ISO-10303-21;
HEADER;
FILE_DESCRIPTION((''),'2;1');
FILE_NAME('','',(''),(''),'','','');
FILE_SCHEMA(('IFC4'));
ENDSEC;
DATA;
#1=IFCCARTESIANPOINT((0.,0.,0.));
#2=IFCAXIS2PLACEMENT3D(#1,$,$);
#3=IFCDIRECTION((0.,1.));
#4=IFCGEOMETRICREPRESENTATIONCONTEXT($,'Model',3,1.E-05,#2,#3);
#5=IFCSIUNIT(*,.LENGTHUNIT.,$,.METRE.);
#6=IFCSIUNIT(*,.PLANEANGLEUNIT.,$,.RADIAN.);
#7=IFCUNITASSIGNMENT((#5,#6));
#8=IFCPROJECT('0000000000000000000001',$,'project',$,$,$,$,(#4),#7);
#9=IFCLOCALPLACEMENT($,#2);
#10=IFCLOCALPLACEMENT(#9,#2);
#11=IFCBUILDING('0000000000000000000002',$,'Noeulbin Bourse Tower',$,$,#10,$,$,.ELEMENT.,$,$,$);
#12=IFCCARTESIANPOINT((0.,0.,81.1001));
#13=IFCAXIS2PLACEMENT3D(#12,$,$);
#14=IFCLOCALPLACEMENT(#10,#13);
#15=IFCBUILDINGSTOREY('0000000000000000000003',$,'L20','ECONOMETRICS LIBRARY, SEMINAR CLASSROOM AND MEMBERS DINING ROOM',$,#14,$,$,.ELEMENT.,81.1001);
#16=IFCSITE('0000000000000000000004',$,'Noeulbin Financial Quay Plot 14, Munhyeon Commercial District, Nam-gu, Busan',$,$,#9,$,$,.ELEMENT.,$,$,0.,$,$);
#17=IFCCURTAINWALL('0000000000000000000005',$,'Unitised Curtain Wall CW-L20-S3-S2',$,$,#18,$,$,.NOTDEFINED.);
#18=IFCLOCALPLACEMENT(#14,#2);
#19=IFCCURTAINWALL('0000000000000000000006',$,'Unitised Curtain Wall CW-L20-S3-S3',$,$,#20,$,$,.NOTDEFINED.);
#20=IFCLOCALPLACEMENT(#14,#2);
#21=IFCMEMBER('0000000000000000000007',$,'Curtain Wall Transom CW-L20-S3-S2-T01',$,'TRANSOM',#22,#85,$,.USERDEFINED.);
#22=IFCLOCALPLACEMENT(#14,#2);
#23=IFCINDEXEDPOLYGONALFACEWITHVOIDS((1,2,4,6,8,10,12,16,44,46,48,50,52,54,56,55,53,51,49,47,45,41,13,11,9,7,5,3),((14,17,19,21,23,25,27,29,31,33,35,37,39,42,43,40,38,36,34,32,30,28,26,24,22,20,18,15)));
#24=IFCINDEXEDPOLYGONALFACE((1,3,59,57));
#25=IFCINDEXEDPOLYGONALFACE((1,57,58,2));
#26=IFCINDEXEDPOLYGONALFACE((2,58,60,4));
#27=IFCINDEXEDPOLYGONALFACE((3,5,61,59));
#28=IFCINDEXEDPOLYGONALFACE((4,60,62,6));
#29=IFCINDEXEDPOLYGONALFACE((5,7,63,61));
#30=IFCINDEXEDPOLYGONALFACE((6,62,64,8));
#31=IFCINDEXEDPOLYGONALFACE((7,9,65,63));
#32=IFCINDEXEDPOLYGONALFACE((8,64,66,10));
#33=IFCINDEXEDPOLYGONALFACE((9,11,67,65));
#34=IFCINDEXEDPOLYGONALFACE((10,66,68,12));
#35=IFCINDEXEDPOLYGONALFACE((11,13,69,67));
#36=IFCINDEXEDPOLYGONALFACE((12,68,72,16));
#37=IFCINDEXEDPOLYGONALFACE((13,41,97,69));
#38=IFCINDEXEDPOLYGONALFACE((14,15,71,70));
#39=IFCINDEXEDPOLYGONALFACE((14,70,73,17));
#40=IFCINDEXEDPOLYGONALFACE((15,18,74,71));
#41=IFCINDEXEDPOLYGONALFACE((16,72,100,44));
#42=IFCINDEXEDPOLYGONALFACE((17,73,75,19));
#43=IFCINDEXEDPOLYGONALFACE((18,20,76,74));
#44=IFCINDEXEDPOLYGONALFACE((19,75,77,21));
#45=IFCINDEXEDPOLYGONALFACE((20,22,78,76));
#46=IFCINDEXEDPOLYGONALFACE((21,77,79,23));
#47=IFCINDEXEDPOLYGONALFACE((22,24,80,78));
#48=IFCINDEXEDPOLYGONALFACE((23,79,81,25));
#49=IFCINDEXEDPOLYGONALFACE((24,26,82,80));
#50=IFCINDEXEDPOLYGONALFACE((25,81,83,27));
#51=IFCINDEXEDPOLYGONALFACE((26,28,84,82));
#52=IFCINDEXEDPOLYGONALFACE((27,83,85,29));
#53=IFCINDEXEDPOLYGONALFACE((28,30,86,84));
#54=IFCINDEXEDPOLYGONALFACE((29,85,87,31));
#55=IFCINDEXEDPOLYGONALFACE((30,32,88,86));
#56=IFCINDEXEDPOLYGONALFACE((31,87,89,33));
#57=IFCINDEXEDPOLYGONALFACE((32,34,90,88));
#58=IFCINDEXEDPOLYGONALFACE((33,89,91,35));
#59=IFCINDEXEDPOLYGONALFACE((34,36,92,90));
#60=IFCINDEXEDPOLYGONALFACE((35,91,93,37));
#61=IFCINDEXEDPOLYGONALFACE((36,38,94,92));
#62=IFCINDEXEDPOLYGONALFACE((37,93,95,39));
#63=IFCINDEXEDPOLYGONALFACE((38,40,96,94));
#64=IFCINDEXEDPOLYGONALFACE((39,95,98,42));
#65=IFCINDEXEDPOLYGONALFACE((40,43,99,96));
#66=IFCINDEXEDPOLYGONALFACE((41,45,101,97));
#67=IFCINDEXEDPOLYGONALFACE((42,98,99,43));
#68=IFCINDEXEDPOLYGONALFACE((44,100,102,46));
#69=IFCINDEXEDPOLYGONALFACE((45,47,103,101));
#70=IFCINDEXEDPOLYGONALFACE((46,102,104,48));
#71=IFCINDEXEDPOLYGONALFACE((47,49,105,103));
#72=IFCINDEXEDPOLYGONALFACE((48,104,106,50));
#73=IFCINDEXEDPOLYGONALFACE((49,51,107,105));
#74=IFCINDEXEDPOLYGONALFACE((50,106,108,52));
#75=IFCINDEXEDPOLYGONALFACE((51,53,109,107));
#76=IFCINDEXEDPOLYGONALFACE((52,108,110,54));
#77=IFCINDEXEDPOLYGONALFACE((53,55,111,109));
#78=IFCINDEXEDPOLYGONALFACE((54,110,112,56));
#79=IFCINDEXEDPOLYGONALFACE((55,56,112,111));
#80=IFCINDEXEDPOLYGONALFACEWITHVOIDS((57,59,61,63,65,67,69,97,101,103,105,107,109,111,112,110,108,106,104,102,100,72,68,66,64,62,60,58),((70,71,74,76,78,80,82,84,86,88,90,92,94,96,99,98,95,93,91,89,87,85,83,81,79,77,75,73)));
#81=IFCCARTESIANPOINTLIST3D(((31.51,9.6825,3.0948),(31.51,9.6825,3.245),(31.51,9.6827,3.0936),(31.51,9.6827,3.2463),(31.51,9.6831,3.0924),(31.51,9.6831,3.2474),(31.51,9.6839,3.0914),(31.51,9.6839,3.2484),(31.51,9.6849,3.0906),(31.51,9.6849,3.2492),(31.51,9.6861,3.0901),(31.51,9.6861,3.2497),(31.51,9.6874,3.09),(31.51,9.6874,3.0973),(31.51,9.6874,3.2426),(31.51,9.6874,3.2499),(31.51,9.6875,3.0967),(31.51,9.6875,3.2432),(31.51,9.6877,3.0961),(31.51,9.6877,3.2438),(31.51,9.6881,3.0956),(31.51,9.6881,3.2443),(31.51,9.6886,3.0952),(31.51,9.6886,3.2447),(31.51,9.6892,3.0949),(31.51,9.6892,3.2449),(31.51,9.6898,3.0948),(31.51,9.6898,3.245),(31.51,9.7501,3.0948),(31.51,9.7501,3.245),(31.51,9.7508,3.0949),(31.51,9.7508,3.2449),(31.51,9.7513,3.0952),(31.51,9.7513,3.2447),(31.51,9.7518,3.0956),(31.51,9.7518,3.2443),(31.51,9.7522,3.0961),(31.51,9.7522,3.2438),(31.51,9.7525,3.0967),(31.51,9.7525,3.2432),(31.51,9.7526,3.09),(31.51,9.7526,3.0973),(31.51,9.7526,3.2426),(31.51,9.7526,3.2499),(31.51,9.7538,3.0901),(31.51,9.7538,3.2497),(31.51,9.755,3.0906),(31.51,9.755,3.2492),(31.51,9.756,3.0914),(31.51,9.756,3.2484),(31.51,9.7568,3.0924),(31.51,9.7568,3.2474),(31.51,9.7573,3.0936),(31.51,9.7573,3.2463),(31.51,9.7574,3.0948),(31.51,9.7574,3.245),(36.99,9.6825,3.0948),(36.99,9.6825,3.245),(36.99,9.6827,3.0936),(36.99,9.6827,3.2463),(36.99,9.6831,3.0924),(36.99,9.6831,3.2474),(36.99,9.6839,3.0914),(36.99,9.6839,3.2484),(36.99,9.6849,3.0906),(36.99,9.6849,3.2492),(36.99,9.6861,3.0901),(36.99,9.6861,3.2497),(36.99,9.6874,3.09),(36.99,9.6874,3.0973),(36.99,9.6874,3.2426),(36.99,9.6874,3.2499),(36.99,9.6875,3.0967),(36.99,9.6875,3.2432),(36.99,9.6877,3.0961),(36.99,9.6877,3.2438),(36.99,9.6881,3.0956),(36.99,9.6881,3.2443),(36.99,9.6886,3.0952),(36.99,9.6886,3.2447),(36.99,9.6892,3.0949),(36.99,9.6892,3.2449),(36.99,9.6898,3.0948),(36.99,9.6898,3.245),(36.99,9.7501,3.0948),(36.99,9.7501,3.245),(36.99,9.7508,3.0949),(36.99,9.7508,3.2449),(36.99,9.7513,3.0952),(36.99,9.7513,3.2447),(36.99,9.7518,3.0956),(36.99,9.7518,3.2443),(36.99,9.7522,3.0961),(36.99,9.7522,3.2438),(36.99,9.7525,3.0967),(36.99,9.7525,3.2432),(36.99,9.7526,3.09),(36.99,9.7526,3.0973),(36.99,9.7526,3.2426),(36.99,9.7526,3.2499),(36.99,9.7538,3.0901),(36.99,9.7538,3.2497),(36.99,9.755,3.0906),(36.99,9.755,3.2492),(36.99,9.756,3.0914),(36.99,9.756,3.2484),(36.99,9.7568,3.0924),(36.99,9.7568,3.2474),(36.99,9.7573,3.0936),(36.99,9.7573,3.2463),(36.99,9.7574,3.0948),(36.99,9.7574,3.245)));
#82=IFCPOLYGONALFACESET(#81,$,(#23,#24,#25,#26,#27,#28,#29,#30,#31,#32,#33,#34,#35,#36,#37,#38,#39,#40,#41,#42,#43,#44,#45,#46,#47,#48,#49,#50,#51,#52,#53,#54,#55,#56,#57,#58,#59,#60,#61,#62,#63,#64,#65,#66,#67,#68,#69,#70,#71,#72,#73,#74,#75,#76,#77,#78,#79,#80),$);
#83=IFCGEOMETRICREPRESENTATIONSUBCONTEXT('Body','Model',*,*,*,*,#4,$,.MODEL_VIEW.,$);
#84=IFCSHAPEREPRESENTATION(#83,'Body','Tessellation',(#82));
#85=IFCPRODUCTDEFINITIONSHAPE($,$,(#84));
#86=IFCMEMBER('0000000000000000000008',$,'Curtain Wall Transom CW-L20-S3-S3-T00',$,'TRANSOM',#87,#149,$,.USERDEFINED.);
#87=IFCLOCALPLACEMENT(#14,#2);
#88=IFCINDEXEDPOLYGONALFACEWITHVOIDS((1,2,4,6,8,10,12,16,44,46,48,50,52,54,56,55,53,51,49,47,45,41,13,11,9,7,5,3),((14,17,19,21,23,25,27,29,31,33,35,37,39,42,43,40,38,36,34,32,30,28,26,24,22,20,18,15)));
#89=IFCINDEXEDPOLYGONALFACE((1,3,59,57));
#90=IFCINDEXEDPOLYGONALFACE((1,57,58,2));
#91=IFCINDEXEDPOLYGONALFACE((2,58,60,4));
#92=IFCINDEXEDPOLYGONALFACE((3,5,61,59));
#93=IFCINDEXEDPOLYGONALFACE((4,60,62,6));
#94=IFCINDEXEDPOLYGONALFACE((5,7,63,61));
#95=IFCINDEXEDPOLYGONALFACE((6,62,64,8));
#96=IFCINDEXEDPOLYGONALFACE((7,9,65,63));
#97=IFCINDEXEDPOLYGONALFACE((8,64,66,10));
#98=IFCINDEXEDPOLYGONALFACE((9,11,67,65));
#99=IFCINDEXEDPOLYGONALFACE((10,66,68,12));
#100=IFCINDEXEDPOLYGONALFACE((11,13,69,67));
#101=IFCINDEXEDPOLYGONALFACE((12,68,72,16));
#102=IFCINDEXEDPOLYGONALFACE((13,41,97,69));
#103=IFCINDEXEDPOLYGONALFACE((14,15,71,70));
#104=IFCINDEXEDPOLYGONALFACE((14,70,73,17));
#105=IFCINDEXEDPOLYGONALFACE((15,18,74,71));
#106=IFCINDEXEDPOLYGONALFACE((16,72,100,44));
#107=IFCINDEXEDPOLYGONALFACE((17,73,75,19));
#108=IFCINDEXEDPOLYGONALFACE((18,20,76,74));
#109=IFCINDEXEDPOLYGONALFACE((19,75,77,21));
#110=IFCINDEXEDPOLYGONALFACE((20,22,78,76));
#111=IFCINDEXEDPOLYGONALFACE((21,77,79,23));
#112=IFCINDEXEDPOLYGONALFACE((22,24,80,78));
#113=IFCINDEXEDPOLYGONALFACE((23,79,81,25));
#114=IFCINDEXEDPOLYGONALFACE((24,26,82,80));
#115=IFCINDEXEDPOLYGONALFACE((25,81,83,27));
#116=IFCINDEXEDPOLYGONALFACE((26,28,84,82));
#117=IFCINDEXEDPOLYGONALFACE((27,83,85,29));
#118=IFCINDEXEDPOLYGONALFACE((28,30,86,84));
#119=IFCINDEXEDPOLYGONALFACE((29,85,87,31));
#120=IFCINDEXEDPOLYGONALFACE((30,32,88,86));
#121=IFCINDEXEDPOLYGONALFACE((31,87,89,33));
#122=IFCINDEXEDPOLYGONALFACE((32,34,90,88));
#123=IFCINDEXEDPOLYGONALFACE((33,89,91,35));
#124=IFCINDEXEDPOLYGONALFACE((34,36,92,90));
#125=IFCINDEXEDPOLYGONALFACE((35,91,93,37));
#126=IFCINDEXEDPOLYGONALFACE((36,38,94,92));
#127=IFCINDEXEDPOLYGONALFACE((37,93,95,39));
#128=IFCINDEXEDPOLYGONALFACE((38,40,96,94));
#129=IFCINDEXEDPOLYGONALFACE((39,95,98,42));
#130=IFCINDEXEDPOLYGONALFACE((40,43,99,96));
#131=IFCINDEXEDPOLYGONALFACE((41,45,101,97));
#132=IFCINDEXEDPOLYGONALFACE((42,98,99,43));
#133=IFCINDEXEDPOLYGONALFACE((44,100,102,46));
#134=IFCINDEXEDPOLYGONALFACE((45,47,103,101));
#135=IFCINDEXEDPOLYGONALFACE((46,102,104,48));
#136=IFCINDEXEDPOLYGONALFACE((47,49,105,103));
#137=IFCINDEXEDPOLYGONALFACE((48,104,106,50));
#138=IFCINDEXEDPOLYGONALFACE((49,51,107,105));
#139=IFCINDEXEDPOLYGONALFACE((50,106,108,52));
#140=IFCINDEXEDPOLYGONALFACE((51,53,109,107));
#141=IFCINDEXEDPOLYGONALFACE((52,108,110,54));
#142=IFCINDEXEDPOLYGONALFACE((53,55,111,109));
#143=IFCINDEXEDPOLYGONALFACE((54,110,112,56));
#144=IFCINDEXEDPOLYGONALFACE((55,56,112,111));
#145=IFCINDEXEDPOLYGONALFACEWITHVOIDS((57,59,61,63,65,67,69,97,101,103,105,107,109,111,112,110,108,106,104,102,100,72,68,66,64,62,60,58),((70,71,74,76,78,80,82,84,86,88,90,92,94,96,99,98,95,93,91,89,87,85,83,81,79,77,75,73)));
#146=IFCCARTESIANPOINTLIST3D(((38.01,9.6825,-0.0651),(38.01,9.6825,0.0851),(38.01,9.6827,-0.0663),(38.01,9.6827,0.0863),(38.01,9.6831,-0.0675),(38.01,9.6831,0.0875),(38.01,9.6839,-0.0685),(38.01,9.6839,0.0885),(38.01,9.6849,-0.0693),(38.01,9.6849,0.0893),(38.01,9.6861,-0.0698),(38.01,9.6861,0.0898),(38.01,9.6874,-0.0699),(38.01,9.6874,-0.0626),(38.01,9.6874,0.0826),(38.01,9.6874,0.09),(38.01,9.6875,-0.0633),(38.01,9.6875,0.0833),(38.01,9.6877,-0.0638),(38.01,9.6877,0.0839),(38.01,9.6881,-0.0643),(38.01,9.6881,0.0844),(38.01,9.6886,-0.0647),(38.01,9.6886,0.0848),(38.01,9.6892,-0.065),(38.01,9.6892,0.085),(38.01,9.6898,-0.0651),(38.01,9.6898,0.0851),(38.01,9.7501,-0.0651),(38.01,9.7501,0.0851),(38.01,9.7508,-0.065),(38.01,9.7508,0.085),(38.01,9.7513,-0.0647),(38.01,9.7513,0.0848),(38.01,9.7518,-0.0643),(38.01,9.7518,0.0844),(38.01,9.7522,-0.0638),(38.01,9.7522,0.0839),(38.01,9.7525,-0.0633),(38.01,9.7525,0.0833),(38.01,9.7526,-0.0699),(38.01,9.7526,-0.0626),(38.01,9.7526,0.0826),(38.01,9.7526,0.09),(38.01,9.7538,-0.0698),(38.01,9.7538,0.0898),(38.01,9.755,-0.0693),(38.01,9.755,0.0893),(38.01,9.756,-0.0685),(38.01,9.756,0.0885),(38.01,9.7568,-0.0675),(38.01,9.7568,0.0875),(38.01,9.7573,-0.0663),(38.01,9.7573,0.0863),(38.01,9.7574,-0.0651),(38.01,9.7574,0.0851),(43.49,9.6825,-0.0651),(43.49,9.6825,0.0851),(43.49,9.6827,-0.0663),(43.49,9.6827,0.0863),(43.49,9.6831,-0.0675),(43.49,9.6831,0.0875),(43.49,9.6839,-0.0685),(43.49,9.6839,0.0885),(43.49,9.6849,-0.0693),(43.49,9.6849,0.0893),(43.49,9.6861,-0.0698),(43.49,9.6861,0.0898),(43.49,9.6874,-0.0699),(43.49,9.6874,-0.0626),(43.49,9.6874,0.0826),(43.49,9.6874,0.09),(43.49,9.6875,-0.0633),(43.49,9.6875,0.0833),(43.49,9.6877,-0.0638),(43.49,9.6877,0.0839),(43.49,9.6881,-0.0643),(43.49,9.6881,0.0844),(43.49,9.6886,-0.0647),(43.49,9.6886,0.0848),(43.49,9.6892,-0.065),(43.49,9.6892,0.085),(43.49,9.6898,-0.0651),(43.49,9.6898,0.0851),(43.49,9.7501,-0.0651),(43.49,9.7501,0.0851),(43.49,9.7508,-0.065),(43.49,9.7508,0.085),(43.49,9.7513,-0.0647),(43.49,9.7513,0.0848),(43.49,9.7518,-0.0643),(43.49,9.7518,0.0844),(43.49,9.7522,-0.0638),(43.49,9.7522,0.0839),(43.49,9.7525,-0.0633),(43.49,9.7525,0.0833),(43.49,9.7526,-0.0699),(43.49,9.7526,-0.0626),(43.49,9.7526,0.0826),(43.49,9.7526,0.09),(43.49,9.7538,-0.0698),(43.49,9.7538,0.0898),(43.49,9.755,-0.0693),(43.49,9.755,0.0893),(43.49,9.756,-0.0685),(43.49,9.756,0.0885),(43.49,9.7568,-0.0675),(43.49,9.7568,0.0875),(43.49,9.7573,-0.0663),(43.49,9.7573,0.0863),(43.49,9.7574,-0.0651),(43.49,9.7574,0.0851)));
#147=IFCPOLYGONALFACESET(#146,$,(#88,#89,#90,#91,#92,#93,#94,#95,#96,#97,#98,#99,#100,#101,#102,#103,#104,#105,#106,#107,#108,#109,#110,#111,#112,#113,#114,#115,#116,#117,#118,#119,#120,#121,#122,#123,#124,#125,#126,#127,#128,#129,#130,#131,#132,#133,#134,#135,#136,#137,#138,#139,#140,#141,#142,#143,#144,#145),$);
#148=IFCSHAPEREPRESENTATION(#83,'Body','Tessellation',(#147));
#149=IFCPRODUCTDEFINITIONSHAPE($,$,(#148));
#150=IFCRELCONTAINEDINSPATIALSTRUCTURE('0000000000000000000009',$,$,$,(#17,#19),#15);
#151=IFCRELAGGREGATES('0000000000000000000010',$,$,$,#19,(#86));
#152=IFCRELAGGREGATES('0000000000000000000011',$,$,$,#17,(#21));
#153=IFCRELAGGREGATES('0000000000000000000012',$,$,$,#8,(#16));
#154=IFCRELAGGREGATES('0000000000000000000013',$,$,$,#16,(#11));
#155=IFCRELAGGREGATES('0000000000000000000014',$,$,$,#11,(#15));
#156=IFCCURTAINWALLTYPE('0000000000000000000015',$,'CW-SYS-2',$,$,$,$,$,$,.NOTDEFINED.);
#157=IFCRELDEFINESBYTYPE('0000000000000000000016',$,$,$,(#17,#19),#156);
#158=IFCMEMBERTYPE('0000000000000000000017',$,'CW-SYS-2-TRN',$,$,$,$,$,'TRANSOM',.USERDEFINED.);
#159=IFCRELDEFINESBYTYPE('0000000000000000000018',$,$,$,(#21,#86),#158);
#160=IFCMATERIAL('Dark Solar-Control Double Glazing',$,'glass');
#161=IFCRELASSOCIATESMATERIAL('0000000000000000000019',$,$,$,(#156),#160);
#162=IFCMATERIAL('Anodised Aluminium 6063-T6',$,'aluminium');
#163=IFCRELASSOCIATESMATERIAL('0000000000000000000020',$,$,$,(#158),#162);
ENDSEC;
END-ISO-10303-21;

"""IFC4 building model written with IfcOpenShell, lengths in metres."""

from ifc_helpers import new_model, si_unit, direction, frame, origin, origin_2d, place, context, subcontext, project, spatial, hollow_rectangle, extrude, material, material_profile, profile_set, type_object, element, aggregate, save


model = new_model("IFC4")

# Units and contexts
model_context = context("Model", 3, precision=1e-05, world=origin(), true_north=direction((0.0, 1.0)))
body_context = subcontext(model_context, "Body", "Model", "MODEL_VIEW")
ifc_project = project(units=[si_unit("LENGTHUNIT", "METRE"), si_unit("PLANEANGLEUNIT", "RADIAN")], contexts=[model_context])

# Site, building, storey
site_placement = place(None, origin())
site = spatial("IfcSite", under=ifc_project, at=site_placement, Name="Noeulbin Financial Quay Plot 14, Munhyeon Commercial District, Nam-gu, Busan", CompositionType="ELEMENT", RefElevation=0.0)
building_placement = place(site_placement, origin())
building = spatial("IfcBuilding", under=site, at=building_placement, Name="Noeulbin Bourse Tower", CompositionType="ELEMENT")
storey_placement = place(building_placement, frame((0.0, 0.0, 81.1001)))
storey = spatial("IfcBuildingStorey", under=building, at=storey_placement, Name="L20", Description="ECONOMETRICS LIBRARY, SEMINAR CLASSROOM AND MEMBERS DINING ROOM", CompositionType="ELEMENT", Elevation=81.1001)

# Curtain wall
ifc_material_1 = material(Name="Dark Solar-Control Double Glazing", Category="glass")
curtain_wall_type = type_object("IfcCurtainWallType", Name="CW-SYS-2", PredefinedType="NOTDEFINED", material=ifc_material_1)
ifc_material_2 = material(Name="Anodised Aluminium 6063-T6", Category="aluminium")
curtain_wall_1_placement = place(storey_placement, origin())
curtain_wall_1 = element("IfcCurtainWall", 1, at=curtain_wall_1_placement, inside=storey, type_object=curtain_wall_type, Name="Unitised Curtain Wall CW-L20-S3-S2", PredefinedType="NOTDEFINED")

# Curtain wall
curtain_wall_2_placement = place(storey_placement, origin())
curtain_wall_2 = element("IfcCurtainWall", 2, at=curtain_wall_2_placement, inside=storey, type_object=curtain_wall_type, Name="Unitised Curtain Wall CW-L20-S3-S3", PredefinedType="NOTDEFINED")

# Members
ifc_material_profile_1 = material_profile(ifc_material_2, hollow_rectangle(XDim=0.075, YDim=0.1599, WallThickness=0.0049, InnerFilletRadius=0.0024, OuterFilletRadius=0.0049, at=origin_2d()), Name="ALU-TRAN-75x160x5", Category="LoadBearing")
ifc_profile_set_1 = profile_set([ifc_material_profile_1], Name="Anodised Aluminium 6063-T6")
member_type_1 = type_object("IfcMemberType", Name="CW-SYS-2-TRN", ElementType="TRANSOM", PredefinedType="USERDEFINED", material=ifc_profile_set_1)
member_1_placement = place(storey_placement, frame((31.51, 9.72, 3.1699), z_axis=(1.0, 0.0, 0.0), x_axis=(0.0, 1.0, 0.0)))
member_1 = element("IfcMember", 3, at=member_1_placement, type_object=member_type_1, Name="Curtain Wall Transom CW-L20-S3-S2-T01", ObjectType="TRANSOM", PredefinedType="USERDEFINED", context=body_context, shape_type="SweptSolid", body=[
    extrude(hollow_rectangle(XDim=0.075, YDim=0.1599, WallThickness=0.0049, InnerFilletRadius=0.0024, OuterFilletRadius=0.0049, at=origin_2d()), origin(), (0.0, 0.0, 1.0), 5.48),
])
member_2_placement = place(storey_placement, frame((38.01, 9.72, 0.01), z_axis=(1.0, 0.0, 0.0), x_axis=(0.0, 1.0, 0.0)))
member_2 = element("IfcMember", 4, at=member_2_placement, type_object=member_type_1, Name="Curtain Wall Transom CW-L20-S3-S3-T00", ObjectType="TRANSOM", PredefinedType="USERDEFINED", context=body_context, shape_type="SweptSolid", body=[
    extrude(hollow_rectangle(XDim=0.075, YDim=0.1599, WallThickness=0.0049, InnerFilletRadius=0.0024, OuterFilletRadius=0.0049, at=origin_2d()), origin(), (0.0, 0.0, 1.0), 5.48),
])
aggregate(curtain_wall_2, [member_2])

aggregate(curtain_wall_1, [member_1])

save(model, "model.ifc")
